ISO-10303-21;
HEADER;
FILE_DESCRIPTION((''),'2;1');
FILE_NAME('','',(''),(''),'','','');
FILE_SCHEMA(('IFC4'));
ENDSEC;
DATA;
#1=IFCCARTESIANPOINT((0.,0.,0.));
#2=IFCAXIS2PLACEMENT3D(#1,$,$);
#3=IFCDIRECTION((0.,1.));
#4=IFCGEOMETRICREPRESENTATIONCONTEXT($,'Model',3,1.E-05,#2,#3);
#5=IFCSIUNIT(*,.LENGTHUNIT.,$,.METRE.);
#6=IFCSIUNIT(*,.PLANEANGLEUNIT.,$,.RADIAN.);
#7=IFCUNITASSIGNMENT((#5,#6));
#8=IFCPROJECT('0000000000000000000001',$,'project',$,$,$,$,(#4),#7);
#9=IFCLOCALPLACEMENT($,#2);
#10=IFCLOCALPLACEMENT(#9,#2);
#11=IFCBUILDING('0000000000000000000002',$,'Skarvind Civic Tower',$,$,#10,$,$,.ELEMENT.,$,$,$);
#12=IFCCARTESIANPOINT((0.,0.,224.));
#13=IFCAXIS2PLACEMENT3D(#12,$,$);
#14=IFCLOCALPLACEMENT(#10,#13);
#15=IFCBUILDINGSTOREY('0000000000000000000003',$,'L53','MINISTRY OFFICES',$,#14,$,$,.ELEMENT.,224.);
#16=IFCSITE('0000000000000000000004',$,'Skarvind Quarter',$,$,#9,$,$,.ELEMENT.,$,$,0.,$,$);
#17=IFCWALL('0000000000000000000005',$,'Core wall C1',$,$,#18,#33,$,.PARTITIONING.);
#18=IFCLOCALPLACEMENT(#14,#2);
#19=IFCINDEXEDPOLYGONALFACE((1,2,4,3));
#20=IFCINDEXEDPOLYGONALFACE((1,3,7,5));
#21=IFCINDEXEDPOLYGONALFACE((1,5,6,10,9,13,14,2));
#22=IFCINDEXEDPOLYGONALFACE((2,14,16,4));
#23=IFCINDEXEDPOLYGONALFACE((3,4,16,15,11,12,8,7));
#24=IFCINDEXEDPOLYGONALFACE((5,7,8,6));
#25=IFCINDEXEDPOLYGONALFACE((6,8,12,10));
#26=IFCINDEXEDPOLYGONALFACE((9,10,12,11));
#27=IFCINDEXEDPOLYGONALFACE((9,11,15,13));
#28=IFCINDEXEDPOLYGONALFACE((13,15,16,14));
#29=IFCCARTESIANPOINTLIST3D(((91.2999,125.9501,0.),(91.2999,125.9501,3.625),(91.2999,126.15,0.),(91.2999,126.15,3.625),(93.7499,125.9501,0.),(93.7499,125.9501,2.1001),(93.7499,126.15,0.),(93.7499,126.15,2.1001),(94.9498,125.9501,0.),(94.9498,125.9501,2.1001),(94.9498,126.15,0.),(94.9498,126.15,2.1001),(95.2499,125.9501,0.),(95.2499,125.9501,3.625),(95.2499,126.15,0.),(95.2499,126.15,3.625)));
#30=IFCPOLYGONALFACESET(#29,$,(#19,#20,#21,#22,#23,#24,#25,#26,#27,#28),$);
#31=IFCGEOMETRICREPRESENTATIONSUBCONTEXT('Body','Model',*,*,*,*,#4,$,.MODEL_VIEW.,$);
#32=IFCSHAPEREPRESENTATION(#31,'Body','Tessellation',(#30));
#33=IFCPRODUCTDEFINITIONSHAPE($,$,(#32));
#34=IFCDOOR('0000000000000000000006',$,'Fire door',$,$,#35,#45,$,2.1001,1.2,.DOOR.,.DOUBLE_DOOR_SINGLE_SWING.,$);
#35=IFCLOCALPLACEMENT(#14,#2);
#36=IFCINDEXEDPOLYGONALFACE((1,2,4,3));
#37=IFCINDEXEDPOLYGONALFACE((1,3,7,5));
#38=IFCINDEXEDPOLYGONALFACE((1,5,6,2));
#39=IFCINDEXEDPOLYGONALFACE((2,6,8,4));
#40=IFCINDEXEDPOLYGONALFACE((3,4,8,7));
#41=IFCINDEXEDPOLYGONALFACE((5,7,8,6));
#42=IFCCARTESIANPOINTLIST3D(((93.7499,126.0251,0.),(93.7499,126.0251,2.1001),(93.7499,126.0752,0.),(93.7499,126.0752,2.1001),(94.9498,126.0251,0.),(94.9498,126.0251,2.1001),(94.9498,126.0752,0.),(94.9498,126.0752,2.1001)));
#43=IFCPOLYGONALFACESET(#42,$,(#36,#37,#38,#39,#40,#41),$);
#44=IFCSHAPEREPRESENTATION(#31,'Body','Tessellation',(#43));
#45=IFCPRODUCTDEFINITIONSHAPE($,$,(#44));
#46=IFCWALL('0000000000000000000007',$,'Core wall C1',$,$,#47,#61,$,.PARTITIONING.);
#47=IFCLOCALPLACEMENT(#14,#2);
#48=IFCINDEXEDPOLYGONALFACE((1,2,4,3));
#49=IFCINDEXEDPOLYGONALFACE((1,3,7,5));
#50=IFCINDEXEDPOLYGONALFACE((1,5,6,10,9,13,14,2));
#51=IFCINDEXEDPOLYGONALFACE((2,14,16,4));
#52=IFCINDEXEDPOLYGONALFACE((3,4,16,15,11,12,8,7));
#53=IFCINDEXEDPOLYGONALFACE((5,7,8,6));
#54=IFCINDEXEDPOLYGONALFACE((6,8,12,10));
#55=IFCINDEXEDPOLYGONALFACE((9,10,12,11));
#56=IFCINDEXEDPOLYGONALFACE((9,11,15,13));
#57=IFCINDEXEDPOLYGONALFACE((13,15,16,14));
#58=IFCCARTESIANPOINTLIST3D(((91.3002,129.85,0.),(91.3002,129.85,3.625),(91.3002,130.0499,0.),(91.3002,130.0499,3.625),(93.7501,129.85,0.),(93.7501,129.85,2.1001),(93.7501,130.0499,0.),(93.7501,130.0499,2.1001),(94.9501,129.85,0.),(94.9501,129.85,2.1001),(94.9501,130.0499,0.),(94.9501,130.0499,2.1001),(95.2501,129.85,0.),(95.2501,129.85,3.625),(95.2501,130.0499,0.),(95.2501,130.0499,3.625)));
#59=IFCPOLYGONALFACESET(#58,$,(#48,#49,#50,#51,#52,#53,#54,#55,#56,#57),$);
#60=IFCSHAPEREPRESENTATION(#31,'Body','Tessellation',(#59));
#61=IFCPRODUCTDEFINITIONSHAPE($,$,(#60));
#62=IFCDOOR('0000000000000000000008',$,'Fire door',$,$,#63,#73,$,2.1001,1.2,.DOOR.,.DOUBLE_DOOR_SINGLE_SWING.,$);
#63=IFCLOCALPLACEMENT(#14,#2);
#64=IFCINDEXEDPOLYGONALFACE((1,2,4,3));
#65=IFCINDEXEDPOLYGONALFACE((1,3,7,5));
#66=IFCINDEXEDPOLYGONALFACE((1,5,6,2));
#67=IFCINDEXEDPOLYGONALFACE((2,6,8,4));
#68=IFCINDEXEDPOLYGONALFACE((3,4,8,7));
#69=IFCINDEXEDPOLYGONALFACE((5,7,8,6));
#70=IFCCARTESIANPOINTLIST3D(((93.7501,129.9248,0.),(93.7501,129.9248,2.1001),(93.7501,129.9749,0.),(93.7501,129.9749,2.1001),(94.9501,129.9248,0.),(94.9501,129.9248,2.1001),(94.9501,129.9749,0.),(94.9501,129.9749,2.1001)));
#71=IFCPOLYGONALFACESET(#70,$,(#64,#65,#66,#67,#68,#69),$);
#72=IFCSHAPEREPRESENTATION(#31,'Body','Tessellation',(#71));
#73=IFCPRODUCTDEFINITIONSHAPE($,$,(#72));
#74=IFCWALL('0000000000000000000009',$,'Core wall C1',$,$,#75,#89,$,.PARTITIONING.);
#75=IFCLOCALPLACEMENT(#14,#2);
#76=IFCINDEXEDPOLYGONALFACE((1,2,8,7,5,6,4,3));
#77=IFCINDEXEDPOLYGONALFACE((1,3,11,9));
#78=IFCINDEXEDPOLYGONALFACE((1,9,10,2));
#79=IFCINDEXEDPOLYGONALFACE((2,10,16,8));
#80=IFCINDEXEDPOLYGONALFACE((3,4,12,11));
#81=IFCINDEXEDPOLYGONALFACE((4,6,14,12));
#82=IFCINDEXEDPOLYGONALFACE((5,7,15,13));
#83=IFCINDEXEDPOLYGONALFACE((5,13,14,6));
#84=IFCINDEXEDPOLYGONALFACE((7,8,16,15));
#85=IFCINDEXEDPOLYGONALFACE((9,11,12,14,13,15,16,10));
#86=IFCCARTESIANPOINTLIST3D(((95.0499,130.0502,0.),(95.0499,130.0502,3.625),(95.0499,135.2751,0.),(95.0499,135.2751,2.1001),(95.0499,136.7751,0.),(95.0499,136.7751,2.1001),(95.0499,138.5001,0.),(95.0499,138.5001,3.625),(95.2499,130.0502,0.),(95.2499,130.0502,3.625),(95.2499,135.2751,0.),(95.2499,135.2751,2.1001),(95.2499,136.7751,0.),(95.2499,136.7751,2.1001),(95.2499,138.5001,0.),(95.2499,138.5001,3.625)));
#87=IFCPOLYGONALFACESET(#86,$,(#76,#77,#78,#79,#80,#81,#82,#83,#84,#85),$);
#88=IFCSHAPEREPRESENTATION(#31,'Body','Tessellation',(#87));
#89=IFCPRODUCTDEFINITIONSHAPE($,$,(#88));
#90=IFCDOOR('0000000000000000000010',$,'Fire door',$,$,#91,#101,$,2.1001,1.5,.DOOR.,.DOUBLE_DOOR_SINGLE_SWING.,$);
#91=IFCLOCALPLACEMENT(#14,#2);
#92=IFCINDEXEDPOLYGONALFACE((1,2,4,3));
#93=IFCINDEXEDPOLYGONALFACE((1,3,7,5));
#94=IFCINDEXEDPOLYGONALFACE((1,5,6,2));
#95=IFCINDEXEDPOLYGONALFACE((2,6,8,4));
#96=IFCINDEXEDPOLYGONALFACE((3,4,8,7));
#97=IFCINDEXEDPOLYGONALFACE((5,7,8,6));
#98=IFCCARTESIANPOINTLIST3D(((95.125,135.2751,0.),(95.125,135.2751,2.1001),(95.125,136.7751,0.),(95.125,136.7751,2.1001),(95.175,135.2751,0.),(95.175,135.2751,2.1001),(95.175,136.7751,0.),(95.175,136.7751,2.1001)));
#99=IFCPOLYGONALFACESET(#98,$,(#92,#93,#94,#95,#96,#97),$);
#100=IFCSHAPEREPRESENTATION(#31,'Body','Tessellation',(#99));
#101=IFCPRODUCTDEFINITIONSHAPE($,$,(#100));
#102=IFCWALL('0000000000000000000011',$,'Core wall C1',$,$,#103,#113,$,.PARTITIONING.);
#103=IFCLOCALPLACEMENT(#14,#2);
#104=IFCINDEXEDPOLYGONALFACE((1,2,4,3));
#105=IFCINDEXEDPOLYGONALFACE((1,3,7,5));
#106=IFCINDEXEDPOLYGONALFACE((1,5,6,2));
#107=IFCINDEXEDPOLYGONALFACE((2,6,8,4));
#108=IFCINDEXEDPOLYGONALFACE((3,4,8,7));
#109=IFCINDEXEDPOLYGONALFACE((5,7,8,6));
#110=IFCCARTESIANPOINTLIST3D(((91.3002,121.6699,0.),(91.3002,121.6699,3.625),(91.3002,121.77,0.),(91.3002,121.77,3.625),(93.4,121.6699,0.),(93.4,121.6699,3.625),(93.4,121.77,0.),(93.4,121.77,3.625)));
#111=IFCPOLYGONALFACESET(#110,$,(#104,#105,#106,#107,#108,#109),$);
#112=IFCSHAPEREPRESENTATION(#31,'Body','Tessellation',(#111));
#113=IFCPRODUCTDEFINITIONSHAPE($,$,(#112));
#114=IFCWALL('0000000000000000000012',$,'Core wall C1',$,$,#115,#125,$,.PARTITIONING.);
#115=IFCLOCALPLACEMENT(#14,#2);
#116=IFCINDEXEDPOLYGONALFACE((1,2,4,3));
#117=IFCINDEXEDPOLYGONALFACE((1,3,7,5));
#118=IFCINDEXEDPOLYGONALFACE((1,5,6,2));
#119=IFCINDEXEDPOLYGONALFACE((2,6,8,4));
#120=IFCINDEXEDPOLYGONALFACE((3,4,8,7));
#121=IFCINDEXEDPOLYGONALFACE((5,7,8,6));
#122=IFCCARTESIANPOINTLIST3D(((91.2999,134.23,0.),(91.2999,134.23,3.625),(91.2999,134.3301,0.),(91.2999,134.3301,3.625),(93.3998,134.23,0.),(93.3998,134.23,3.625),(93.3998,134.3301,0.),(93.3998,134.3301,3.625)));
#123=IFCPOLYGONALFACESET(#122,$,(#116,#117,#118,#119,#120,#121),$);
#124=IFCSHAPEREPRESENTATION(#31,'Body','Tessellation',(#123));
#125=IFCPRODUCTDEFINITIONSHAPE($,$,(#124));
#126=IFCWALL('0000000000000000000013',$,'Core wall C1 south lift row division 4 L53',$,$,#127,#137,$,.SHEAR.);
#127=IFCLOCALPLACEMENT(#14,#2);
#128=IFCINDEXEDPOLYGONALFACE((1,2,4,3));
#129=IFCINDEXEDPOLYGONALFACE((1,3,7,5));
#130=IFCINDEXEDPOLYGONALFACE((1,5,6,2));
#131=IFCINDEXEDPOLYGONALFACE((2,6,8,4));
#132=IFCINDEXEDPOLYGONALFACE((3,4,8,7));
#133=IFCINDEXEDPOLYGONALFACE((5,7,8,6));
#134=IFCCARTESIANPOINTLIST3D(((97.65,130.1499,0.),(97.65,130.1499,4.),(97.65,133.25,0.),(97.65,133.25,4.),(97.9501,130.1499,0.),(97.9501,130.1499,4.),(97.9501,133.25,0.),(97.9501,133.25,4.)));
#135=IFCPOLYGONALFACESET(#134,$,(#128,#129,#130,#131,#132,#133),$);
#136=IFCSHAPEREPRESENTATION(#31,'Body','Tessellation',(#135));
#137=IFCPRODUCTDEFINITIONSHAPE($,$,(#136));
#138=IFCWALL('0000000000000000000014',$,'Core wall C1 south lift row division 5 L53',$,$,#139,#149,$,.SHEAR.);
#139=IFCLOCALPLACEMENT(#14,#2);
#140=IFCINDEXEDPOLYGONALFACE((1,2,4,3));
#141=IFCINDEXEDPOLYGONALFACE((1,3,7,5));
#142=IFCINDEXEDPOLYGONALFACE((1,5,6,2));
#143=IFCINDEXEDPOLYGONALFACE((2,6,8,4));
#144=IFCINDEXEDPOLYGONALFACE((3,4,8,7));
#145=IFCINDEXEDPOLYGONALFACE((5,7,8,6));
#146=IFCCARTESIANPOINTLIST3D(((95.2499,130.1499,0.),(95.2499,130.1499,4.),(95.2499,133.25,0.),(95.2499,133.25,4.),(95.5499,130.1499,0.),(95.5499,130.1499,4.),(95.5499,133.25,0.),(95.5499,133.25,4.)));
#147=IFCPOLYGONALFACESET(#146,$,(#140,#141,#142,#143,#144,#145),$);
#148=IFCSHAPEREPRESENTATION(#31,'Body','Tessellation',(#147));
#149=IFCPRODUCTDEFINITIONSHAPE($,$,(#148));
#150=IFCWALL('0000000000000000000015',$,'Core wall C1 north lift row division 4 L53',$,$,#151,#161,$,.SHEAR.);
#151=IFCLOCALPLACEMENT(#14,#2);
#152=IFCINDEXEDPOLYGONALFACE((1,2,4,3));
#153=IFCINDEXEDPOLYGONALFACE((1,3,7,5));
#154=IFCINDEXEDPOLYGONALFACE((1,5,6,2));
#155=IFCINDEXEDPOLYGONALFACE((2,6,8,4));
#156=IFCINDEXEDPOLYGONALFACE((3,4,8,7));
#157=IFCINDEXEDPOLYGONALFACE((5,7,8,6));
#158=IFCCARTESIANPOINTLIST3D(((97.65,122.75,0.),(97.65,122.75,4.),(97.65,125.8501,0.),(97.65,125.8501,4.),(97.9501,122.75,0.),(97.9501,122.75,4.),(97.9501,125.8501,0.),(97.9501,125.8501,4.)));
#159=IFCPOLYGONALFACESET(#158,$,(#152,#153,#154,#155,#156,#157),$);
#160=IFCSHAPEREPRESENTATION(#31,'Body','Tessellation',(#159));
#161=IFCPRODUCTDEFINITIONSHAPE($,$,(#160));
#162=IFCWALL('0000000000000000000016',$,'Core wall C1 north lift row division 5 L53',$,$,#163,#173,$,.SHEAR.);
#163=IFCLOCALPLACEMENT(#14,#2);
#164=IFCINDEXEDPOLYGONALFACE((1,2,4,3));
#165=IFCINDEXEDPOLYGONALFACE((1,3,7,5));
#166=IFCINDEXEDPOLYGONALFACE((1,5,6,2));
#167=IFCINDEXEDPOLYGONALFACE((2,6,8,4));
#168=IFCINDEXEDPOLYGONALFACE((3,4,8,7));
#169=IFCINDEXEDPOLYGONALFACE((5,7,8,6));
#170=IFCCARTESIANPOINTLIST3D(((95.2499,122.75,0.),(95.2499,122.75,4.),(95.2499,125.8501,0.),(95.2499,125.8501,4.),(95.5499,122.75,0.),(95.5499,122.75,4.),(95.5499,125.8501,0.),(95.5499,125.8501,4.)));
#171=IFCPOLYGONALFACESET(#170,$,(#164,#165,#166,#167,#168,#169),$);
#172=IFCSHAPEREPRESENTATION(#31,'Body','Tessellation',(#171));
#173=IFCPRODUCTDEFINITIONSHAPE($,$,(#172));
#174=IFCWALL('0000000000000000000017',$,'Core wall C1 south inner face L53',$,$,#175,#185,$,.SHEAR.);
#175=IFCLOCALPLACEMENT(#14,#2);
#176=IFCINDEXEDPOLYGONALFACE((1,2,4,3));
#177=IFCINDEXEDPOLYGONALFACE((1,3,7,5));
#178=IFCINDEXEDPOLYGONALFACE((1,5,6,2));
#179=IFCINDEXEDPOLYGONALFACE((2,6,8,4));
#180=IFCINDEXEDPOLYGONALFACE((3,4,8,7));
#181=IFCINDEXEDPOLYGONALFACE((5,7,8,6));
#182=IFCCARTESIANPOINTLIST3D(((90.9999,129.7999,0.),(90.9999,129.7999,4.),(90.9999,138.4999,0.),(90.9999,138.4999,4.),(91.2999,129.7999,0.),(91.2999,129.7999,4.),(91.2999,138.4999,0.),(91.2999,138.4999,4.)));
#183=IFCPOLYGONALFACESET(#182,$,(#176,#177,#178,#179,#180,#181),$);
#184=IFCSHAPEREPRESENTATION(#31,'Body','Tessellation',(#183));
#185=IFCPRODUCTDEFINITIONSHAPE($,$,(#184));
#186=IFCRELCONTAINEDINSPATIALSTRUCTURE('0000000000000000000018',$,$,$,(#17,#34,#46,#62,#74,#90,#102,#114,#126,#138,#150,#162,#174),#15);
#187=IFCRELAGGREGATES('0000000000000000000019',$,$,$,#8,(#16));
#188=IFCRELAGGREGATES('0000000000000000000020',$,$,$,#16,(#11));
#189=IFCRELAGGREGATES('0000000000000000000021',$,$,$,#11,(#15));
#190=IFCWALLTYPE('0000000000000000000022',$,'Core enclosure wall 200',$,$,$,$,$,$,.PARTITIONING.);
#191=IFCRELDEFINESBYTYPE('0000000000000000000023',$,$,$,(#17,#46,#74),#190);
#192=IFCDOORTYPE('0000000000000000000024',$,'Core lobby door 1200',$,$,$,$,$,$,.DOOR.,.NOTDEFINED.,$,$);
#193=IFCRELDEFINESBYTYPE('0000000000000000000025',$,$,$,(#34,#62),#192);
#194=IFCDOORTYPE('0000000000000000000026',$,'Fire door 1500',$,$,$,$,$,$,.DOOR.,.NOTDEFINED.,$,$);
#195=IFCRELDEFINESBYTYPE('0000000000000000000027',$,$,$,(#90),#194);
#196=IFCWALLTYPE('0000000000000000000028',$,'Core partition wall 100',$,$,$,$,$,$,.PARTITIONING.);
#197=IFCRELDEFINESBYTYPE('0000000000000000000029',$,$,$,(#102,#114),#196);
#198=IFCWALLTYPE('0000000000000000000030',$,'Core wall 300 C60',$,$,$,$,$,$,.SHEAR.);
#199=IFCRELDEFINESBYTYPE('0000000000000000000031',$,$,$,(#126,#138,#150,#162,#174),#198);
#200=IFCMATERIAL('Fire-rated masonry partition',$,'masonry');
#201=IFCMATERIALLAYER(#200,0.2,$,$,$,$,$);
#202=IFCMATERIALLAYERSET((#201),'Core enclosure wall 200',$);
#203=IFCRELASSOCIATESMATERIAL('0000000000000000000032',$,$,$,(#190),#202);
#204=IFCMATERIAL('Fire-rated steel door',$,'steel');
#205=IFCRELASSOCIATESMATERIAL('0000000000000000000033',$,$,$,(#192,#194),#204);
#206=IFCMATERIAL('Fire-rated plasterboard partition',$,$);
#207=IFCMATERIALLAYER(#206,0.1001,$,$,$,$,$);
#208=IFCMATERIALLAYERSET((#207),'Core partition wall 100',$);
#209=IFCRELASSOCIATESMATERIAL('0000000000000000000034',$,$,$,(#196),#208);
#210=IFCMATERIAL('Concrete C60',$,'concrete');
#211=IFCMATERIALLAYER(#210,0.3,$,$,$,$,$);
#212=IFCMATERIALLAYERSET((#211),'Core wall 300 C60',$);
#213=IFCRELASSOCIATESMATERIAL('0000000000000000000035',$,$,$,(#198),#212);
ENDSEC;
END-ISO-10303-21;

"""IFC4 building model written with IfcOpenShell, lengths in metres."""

from ifc_helpers import new_model, si_unit, direction, frame, frame_2d, origin, place, context, subcontext, project, spatial, rectangle, extrude, material, layer, layer_set, type_object, element, fill, save


model = new_model("IFC4")

# Units and contexts
model_context = context("Model", 3, precision=1e-05, world=origin(), true_north=direction((0.0, 1.0)))
body_context = subcontext(model_context, "Body", "Model", "MODEL_VIEW")
ifc_project = project(units=[si_unit("LENGTHUNIT", "METRE"), si_unit("PLANEANGLEUNIT", "RADIAN")], contexts=[model_context])

# Site, building, storey
site_placement = place(None, origin())
site = spatial("IfcSite", under=ifc_project, at=site_placement, Name="Skarvind Quarter", CompositionType="ELEMENT", RefElevation=0.0)
building_placement = place(site_placement, origin())
building = spatial("IfcBuilding", under=site, at=building_placement, Name="Skarvind Civic Tower", CompositionType="ELEMENT")
storey_placement = place(building_placement, frame((0.0, 0.0, 224.0)))
storey = spatial("IfcBuildingStorey", under=building, at=storey_placement, Name="L53", Description="MINISTRY OFFICES", CompositionType="ELEMENT", Elevation=224.0)

# Walls, openings, doors
ifc_material_1 = material(Name="Fire-rated masonry partition", Category="masonry")
ifc_layer_1 = layer(ifc_material_1, 0.2)
ifc_layer_set_1 = layer_set([ifc_layer_1], Name="Core enclosure wall 200")
wall_type_1 = type_object("IfcWallType", Name="Core enclosure wall 200", PredefinedType="PARTITIONING", material=ifc_layer_set_1)
wall_1_placement = place(storey_placement, frame((95.25, 126.05, 0.0), z_axis=(0.0, 0.0, 1.0), x_axis=(-1.0, 0.0, 0.0)))
wall_1 = element("IfcWall", 1, at=wall_1_placement, inside=storey, type_object=wall_type_1, Name="Core wall C1", PredefinedType="PARTITIONING", context=body_context, shape_type="SweptSolid", body=[
    extrude(rectangle(XDim=3.95, YDim=0.2, at=frame_2d((1.9751, 0.0))), origin(), (0.0, 0.0, 1.0), 3.625),
])
opening_1_placement = place(wall_1_placement, frame((0.3, 0.0, 0.0)))
opening_1 = element("IfcOpeningElement", 2, at=opening_1_placement, cuts=wall_1, PredefinedType="OPENING", context=body_context, shape_type="SweptSolid", body=[
    extrude(rectangle(XDim=1.2, YDim=2.1001, at=frame_2d((0.6001, 1.05))), frame((0.0, 0.1099, 0.0), z_axis=(0.0, -1.0, 0.0), x_axis=(1.0, 0.0, 0.0)), (0.0, 0.0, 1.0), 0.22),
])
ifc_material_2 = material(Name="Fire-rated steel door", Category="steel")
door_type_1 = type_object("IfcDoorType", Name="Core lobby door 1200", OperationType="NOTDEFINED", PredefinedType="DOOR", material=ifc_material_2)
door_1_placement = place(opening_1_placement, origin())
door_1 = element("IfcDoor", 3, at=door_1_placement, inside=storey, type_object=door_type_1, Name="Fire door", OperationType="DOUBLE_DOOR_SINGLE_SWING", OverallHeight=2.1001, OverallWidth=1.2, PredefinedType="DOOR", context=body_context, shape_type="SweptSolid", body=[
    extrude(rectangle(XDim=1.2, YDim=2.1001, at=frame_2d((0.6001, 1.05))), frame((0.0, 0.0249, 0.0), z_axis=(0.0, -1.0, 0.0), x_axis=(1.0, 0.0, 0.0)), (0.0, 0.0, 1.0), 0.05),
])
fill(opening_1, door_1)
wall_2_placement = place(storey_placement, frame((91.3, 129.95, 0.0), z_axis=(0.0, 0.0, 1.0), x_axis=(1.0, 0.0, 0.0)))
wall_2 = element("IfcWall", 4, at=wall_2_placement, inside=storey, type_object=wall_type_1, Name="Core wall C1", PredefinedType="PARTITIONING", context=body_context, shape_type="SweptSolid", body=[
    extrude(rectangle(XDim=3.95, YDim=0.2, at=frame_2d((1.9751, 0.0))), origin(), (0.0, 0.0, 1.0), 3.625),
])
opening_2_placement = place(wall_2_placement, frame((2.45, 0.0, 0.0)))
opening_2 = element("IfcOpeningElement", 5, at=opening_2_placement, cuts=wall_2, PredefinedType="OPENING", context=body_context, shape_type="SweptSolid", body=[
    extrude(rectangle(XDim=1.2, YDim=2.1001, at=frame_2d((0.6001, 1.05))), frame((0.0, 0.1099, 0.0), z_axis=(0.0, -1.0, 0.0), x_axis=(1.0, 0.0, 0.0)), (0.0, 0.0, 1.0), 0.22),
])
door_2_placement = place(opening_2_placement, origin())
door_2 = element("IfcDoor", 6, at=door_2_placement, inside=storey, type_object=door_type_1, Name="Fire door", OperationType="DOUBLE_DOOR_SINGLE_SWING", OverallHeight=2.1001, OverallWidth=1.2, PredefinedType="DOOR", context=body_context, shape_type="SweptSolid", body=[
    extrude(rectangle(XDim=1.2, YDim=2.1001, at=frame_2d((0.6001, 1.05))), frame((0.0, 0.0249, 0.0), z_axis=(0.0, -1.0, 0.0), x_axis=(1.0, 0.0, 0.0)), (0.0, 0.0, 1.0), 0.05),
])
fill(opening_2, door_2)
wall_3_placement = place(storey_placement, frame((95.1499, 130.05, 0.0), z_axis=(0.0, 0.0, 1.0), x_axis=(0.0, 1.0, 0.0)))
wall_3 = element("IfcWall", 7, at=wall_3_placement, inside=storey, type_object=wall_type_1, Name="Core wall C1", PredefinedType="PARTITIONING", context=body_context, shape_type="SweptSolid", body=[
    extrude(rectangle(XDim=8.45, YDim=0.2, at=frame_2d((4.2251, 0.0))), origin(), (0.0, 0.0, 1.0), 3.625),
])
opening_3_placement = place(wall_3_placement, frame((5.2251, 0.0, 0.0)))
opening_3 = element("IfcOpeningElement", 8, at=opening_3_placement, cuts=wall_3, PredefinedType="OPENING", context=body_context, shape_type="SweptSolid", body=[
    extrude(rectangle(XDim=1.5, YDim=2.1001, at=frame_2d((0.75, 1.05))), frame((0.0, 0.1099, 0.0), z_axis=(0.0, -1.0, 0.0), x_axis=(1.0, 0.0, 0.0)), (0.0, 0.0, 1.0), 0.22),
])
door_type_2 = type_object("IfcDoorType", Name="Fire door 1500", OperationType="NOTDEFINED", PredefinedType="DOOR", material=ifc_material_2)
door_3_placement = place(opening_3_placement, origin())
door_3 = element("IfcDoor", 9, at=door_3_placement, inside=storey, type_object=door_type_2, Name="Fire door", OperationType="DOUBLE_DOOR_SINGLE_SWING", OverallHeight=2.1001, OverallWidth=1.5, PredefinedType="DOOR", context=body_context, shape_type="SweptSolid", body=[
    extrude(rectangle(XDim=1.5, YDim=2.1001, at=frame_2d((0.75, 1.05))), frame((0.0, 0.0249, 0.0), z_axis=(0.0, -1.0, 0.0), x_axis=(1.0, 0.0, 0.0)), (0.0, 0.0, 1.0), 0.05),
])
fill(opening_3, door_3)

# Walls
ifc_material_3 = material(Name="Fire-rated plasterboard partition")
ifc_layer_2 = layer(ifc_material_3, 0.1001)
ifc_layer_set_2 = layer_set([ifc_layer_2], Name="Core partition wall 100")
wall_type_2 = type_object("IfcWallType", Name="Core partition wall 100", PredefinedType="PARTITIONING", material=ifc_layer_set_2)
for number, where, z_axis, x_axis, name in (
    (10, (93.3999, 121.72, 0.0), (0.0, 0.0, 1.0), (-1.0, 0.0, 0.0), "Core wall C1"),
    (11, (91.3, 134.28, 0.0), (0.0, 0.0, 1.0), (1.0, 0.0, 0.0), "Core wall C1"),
):
    element("IfcWall", number, at=place(storey_placement, frame(where, z_axis=z_axis, x_axis=x_axis)), inside=storey, type_object=wall_type_2, Name=name, PredefinedType="PARTITIONING", context=body_context, shape_type="SweptSolid", body=[
        extrude(rectangle(XDim=2.0999, YDim=0.1001, at=frame_2d((1.0498, 0.0))), origin(), (0.0, 0.0, 1.0), 3.625),
    ])
ifc_material_4 = material(Name="Concrete C60", Category="concrete")
ifc_layer_3 = layer(ifc_material_4, 0.3)
ifc_layer_set_3 = layer_set([ifc_layer_3], Name="Core wall 300 C60")
wall_type_3 = type_object("IfcWallType", Name="Core wall 300 C60", PredefinedType="SHEAR", material=ifc_layer_set_3)
for number, where, z_axis, x_axis, name in (
    (12, (97.8, 133.25, 0.0), (0.0, 0.0, 1.0), (0.0, -1.0, 0.0), "Core wall C1 south lift row division 4 L53"),
    (13, (95.3999, 133.25, 0.0), (0.0, 0.0, 1.0), (0.0, -1.0, 0.0), "Core wall C1 south lift row division 5 L53"),
    (14, (97.8, 125.8501, 0.0), (0.0, 0.0, 1.0), (0.0, -1.0, 0.0), "Core wall C1 north lift row division 4 L53"),
    (15, (95.3999, 125.8501, 0.0), (0.0, 0.0, 1.0), (0.0, -1.0, 0.0), "Core wall C1 north lift row division 5 L53"),
):
    element("IfcWall", number, at=place(storey_placement, frame(where, z_axis=z_axis, x_axis=x_axis)), inside=storey, type_object=wall_type_3, Name=name, PredefinedType="SHEAR", context=body_context, shape_type="SweptSolid", body=[
        extrude(rectangle(XDim=3.1001, YDim=0.3, at=frame_2d((1.55, 0.0))), origin(), (0.0, 0.0, 1.0), 4.0),
    ])
wall_4_placement = place(storey_placement, frame((91.1499, 138.5, 0.0), z_axis=(0.0, 0.0, 1.0), x_axis=(0.0, -1.0, 0.0)))
element("IfcWall", 16, at=wall_4_placement, inside=storey, type_object=wall_type_3, Name="Core wall C1 south inner face L53", PredefinedType="SHEAR", context=body_context, shape_type="SweptSolid", body=[
    extrude(rectangle(XDim=8.7, YDim=0.3, at=frame_2d((4.3501, 0.0))), origin(), (0.0, 0.0, 1.0), 4.0),
])

save(model, "model.ifc")
